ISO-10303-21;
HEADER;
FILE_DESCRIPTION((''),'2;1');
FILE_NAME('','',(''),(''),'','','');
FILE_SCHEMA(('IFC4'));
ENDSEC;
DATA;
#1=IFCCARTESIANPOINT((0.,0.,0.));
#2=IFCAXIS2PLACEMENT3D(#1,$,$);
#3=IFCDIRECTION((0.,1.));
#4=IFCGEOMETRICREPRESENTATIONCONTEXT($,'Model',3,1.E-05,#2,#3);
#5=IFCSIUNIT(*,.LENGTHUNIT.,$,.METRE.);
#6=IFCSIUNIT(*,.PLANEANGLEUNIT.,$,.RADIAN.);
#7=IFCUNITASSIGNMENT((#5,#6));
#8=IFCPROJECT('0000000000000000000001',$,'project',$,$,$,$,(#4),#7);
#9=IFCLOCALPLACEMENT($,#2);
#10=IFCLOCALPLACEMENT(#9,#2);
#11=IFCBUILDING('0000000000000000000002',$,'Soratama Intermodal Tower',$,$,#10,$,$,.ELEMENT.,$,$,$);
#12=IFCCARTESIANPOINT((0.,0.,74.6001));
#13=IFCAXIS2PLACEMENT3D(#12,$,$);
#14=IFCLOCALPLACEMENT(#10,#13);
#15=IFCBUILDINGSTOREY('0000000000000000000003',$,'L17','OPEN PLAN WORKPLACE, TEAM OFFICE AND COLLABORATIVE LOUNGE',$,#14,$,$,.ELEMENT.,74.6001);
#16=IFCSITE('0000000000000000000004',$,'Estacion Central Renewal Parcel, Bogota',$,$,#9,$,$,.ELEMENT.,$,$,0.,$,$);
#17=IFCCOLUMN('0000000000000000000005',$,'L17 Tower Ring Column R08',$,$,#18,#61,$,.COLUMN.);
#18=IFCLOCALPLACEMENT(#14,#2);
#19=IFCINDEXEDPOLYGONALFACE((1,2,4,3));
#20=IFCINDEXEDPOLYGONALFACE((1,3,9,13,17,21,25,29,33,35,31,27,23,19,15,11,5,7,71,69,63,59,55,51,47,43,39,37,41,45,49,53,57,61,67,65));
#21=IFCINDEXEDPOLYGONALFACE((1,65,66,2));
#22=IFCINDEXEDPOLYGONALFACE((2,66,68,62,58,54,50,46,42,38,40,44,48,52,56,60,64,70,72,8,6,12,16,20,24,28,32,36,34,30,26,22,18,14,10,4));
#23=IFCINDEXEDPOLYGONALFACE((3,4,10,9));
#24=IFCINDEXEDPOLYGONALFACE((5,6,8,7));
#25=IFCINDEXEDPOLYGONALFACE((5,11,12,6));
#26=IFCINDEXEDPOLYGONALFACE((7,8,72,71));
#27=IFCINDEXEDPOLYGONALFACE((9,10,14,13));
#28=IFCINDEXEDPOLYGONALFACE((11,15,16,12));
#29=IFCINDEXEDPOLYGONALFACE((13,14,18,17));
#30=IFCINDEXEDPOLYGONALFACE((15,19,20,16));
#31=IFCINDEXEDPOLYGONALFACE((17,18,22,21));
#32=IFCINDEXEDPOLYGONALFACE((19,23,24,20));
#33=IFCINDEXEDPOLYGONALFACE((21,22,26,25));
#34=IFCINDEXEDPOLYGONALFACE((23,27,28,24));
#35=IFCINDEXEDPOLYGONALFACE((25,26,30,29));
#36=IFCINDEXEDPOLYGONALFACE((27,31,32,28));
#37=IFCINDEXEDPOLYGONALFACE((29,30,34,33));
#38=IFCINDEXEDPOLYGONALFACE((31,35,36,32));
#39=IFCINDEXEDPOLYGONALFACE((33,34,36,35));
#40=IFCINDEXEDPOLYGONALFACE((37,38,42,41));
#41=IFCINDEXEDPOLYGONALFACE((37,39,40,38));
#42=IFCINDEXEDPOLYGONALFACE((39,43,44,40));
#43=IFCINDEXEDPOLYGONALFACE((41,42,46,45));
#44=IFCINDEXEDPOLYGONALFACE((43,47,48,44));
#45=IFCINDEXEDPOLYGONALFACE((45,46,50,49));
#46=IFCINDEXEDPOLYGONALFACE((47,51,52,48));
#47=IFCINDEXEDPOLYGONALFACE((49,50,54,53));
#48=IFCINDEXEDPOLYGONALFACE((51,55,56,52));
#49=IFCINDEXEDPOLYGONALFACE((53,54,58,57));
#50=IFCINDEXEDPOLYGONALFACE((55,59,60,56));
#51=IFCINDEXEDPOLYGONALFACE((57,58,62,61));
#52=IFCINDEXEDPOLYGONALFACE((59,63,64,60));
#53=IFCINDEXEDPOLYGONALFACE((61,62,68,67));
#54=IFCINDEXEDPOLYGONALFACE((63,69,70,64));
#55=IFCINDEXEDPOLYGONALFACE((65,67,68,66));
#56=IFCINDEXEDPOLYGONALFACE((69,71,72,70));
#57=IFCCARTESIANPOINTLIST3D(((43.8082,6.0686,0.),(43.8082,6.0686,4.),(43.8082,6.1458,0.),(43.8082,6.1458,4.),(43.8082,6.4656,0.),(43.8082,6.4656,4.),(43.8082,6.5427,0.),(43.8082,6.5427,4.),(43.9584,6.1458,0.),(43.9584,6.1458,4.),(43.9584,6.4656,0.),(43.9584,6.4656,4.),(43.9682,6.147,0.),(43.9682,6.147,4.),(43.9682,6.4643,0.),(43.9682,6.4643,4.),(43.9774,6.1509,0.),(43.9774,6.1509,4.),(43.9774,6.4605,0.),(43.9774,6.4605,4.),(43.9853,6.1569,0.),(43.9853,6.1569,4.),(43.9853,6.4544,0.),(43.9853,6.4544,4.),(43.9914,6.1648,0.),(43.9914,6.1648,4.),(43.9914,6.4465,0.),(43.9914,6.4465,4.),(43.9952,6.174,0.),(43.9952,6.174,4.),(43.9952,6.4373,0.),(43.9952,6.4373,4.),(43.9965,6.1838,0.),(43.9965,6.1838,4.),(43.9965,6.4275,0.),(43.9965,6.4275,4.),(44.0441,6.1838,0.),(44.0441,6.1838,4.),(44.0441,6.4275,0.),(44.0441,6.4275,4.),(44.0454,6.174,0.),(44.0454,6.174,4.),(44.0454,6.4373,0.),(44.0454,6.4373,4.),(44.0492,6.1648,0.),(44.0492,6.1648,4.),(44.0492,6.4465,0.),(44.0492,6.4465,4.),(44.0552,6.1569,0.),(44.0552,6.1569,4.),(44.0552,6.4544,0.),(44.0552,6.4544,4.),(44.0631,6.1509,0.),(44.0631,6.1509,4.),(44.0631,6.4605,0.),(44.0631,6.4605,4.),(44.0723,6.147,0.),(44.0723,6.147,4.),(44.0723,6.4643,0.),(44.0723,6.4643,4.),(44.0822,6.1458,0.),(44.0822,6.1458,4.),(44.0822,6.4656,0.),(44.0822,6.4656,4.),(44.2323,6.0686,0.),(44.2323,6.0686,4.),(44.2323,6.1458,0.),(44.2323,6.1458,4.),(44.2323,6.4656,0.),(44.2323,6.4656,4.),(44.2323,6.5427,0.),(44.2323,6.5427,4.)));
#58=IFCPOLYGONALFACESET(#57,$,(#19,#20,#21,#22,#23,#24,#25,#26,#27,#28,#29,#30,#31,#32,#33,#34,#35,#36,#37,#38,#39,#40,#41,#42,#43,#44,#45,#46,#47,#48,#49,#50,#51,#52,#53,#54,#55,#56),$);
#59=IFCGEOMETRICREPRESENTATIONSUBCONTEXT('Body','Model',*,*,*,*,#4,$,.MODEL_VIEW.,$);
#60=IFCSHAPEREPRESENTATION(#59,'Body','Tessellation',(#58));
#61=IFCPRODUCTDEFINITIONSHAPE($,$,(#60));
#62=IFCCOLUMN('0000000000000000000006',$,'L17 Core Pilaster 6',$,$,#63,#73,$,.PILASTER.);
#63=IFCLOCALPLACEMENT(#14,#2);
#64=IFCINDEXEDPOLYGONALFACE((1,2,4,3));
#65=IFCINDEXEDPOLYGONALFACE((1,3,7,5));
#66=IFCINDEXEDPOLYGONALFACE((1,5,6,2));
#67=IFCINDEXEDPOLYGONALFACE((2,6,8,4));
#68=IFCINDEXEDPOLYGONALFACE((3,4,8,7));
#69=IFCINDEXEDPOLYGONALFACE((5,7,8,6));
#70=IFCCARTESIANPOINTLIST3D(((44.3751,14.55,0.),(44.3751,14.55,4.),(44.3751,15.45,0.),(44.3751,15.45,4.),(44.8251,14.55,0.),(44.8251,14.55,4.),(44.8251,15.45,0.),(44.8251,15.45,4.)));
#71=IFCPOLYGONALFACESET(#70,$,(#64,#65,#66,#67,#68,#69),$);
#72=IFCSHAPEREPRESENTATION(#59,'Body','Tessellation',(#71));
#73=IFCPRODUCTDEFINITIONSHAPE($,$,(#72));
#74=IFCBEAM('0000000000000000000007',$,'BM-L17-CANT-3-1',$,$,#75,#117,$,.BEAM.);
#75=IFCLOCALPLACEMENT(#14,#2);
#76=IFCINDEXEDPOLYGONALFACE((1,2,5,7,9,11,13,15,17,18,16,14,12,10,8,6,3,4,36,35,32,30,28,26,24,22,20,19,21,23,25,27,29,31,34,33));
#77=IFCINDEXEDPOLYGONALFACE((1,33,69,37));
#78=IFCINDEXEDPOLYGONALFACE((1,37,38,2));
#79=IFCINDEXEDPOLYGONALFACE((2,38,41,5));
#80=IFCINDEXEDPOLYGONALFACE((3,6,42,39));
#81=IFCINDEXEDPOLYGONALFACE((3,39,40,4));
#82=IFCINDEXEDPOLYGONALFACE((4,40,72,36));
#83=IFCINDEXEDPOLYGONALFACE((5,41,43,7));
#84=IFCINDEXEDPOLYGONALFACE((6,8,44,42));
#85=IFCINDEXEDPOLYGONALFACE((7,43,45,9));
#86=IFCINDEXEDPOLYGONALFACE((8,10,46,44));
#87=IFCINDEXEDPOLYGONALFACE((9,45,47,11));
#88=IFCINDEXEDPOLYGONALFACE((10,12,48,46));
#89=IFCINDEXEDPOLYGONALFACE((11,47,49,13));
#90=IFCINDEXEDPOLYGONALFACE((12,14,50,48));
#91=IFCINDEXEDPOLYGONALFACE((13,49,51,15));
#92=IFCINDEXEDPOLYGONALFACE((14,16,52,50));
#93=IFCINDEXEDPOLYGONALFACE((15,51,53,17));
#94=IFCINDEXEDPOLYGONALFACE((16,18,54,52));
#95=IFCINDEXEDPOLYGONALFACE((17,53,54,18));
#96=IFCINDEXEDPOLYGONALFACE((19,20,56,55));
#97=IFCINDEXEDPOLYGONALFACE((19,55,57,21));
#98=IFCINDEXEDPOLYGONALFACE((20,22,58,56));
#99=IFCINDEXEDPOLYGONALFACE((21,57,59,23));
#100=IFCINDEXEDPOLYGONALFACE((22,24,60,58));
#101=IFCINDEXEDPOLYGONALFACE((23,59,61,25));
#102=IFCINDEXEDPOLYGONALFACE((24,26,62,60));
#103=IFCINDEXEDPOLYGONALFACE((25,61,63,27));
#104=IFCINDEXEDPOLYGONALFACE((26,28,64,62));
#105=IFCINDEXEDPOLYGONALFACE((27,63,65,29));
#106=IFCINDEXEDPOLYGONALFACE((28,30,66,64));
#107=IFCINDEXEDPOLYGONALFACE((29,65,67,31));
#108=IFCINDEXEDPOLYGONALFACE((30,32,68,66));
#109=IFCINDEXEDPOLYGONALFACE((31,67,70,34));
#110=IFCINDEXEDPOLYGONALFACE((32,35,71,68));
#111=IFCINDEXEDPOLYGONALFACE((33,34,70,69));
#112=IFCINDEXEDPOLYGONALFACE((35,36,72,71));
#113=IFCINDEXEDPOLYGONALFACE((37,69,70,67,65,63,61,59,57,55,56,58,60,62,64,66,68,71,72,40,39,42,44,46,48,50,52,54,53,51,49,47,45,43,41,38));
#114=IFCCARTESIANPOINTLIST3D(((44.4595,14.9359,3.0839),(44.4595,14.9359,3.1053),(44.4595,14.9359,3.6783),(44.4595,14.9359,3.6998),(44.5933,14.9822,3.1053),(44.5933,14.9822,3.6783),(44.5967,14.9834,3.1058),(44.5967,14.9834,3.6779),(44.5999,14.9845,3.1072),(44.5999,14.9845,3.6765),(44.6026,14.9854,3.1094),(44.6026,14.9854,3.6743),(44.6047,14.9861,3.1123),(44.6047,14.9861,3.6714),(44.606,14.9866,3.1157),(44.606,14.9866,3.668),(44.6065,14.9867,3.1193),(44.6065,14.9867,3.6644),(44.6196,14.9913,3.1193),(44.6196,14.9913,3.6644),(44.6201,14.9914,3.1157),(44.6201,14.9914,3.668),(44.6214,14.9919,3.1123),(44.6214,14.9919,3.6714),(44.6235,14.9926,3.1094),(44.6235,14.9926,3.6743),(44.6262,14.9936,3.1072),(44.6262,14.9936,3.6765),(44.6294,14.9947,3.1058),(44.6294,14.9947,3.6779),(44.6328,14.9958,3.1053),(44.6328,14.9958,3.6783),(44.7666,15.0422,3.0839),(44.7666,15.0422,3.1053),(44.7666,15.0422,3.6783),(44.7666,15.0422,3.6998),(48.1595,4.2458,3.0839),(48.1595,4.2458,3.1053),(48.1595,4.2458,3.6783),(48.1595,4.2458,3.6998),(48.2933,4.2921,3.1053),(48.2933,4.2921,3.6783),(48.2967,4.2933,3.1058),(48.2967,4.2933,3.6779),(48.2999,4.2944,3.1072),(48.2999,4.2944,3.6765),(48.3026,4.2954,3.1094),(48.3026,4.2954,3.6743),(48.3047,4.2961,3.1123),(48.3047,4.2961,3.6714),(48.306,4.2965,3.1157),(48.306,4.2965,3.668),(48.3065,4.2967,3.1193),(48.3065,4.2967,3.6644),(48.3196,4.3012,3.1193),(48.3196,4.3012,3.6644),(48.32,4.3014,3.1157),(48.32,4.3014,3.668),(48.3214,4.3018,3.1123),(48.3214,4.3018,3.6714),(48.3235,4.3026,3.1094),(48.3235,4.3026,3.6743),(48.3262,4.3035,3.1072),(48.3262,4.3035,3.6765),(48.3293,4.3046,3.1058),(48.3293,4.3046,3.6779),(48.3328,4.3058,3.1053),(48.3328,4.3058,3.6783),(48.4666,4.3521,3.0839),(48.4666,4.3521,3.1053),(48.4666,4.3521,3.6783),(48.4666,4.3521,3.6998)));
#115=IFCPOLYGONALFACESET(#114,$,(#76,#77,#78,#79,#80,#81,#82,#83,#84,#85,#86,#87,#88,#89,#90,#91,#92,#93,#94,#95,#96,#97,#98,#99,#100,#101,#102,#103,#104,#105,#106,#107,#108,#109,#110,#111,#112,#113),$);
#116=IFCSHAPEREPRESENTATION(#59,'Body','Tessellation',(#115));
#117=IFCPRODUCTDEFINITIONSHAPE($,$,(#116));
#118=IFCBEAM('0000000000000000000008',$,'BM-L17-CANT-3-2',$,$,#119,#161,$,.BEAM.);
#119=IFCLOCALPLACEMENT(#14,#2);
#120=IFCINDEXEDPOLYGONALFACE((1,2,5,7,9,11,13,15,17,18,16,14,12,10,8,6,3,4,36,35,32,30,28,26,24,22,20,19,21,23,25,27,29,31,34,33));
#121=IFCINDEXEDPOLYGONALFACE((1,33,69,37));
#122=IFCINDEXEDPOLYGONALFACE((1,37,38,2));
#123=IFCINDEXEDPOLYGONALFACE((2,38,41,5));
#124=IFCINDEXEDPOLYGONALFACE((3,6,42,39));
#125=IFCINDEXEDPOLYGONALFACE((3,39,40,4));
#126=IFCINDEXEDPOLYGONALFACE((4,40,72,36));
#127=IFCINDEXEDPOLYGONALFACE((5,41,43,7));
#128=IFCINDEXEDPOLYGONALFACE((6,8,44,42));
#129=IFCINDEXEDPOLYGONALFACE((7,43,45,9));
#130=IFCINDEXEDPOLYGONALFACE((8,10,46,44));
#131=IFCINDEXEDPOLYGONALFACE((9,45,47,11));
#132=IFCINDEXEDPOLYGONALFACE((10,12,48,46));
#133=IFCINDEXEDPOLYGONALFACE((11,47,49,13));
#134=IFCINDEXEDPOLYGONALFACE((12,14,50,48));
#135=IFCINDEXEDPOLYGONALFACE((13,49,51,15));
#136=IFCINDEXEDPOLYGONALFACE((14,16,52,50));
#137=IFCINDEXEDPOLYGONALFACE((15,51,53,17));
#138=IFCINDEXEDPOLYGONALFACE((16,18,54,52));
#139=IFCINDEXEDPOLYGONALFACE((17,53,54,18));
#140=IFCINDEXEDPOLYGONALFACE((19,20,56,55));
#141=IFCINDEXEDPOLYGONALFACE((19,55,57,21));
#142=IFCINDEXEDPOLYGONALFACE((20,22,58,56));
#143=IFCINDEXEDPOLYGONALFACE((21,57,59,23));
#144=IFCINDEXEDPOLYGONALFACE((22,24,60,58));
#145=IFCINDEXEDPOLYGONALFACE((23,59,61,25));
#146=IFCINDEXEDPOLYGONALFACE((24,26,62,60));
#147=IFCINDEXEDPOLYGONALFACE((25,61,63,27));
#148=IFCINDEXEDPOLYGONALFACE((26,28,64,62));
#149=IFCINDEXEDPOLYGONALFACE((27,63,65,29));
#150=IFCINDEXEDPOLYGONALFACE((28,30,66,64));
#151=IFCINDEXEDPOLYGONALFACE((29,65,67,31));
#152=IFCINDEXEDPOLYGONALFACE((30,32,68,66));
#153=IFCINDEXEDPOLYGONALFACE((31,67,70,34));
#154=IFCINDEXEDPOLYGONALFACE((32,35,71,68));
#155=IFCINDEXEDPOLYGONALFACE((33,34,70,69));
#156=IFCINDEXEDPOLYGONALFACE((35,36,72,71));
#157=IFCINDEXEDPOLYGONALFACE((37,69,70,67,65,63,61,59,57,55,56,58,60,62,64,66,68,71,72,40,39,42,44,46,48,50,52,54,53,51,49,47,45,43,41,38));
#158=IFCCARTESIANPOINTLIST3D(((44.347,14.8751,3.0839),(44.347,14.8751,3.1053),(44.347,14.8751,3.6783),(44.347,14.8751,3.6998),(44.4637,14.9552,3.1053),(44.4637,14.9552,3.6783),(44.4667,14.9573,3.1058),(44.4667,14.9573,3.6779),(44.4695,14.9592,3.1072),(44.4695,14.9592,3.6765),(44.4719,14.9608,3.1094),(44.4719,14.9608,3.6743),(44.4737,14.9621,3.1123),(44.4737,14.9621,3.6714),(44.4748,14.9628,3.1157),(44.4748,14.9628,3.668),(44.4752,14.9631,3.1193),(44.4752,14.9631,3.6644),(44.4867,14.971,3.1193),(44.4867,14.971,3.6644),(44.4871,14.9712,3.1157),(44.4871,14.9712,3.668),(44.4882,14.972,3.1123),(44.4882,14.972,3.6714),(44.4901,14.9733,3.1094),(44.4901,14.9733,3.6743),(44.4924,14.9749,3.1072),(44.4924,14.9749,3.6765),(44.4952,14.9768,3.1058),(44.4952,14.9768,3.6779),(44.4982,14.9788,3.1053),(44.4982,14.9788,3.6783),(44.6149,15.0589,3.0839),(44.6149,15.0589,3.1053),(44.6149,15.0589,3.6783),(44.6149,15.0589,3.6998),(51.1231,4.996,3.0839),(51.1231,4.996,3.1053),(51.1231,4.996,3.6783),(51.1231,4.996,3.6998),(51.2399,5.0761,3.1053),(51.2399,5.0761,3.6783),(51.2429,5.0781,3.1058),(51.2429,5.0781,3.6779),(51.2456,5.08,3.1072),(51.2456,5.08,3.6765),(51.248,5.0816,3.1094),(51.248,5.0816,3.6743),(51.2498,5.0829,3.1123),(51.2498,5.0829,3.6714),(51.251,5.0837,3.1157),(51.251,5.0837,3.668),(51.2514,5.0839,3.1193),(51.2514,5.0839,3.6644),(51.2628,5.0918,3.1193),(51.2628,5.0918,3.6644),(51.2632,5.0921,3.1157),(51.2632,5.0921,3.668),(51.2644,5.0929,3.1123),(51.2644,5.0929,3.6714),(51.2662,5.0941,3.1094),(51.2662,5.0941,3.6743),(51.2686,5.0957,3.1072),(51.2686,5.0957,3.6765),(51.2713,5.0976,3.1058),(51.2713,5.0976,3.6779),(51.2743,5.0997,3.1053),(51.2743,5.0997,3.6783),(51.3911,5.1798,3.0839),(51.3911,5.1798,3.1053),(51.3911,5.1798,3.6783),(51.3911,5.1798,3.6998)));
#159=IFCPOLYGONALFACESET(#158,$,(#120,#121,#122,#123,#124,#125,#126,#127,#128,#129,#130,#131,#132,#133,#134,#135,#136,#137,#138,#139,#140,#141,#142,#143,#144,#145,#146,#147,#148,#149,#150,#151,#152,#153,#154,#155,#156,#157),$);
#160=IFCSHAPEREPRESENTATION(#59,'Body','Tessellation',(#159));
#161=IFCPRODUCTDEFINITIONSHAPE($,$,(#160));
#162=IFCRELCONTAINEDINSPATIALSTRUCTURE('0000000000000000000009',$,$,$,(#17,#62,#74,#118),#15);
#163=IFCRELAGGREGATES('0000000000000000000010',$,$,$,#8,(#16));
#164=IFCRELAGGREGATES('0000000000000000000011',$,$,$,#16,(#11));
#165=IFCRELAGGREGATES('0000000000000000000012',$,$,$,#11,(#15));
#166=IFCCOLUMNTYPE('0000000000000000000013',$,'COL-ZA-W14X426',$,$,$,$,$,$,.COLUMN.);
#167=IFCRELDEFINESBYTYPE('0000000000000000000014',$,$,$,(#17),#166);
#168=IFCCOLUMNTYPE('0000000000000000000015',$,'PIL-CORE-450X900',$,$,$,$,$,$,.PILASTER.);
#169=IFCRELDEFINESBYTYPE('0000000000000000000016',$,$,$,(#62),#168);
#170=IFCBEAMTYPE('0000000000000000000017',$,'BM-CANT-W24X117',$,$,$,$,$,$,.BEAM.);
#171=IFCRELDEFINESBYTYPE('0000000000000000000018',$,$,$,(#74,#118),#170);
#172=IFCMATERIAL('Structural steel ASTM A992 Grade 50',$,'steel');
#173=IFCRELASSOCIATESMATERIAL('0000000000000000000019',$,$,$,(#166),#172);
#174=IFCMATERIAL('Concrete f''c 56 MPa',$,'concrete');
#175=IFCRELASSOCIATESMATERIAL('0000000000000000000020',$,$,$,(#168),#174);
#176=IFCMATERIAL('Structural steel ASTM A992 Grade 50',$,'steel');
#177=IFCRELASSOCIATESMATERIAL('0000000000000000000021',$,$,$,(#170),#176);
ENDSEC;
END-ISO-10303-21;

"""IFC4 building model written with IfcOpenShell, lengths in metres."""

from ifc_helpers import new_model, si_unit, direction, frame, origin, origin_2d, place, context, subcontext, project, spatial, rectangle, i_section, extrude, material, material_profile, profile_set, type_object, element, save


model = new_model("IFC4")

# Units and contexts
model_context = context("Model", 3, precision=1e-05, world=origin(), true_north=direction((0.0, 1.0)))
body_context = subcontext(model_context, "Body", "Model", "MODEL_VIEW")
ifc_project = project(units=[si_unit("LENGTHUNIT", "METRE"), si_unit("PLANEANGLEUNIT", "RADIAN")], contexts=[model_context])

# Site, building, storey
site_placement = place(None, origin())
site = spatial("IfcSite", under=ifc_project, at=site_placement, Name="Estacion Central Renewal Parcel, Bogota", CompositionType="ELEMENT", RefElevation=0.0)
building_placement = place(site_placement, origin())
building = spatial("IfcBuilding", under=site, at=building_placement, Name="Soratama Intermodal Tower", CompositionType="ELEMENT")
storey_placement = place(building_placement, frame((0.0, 0.0, 74.6001)))
storey = spatial("IfcBuildingStorey", under=building, at=storey_placement, Name="L17", Description="OPEN PLAN WORKPLACE, TEAM OFFICE AND COLLABORATIVE LOUNGE", CompositionType="ELEMENT", Elevation=74.6001)

# Columns
ifc_material_1 = material(Name="Structural steel ASTM A992 Grade 50", Category="steel")
ifc_material_profile_1 = material_profile(ifc_material_1, i_section(OverallWidth=0.4241, OverallDepth=0.4741, WebThickness=0.0476, FlangeThickness=0.0771, FilletRadius=0.0381, at=origin_2d()), Name="W14X426")
ifc_profile_set_1 = profile_set([ifc_material_profile_1], Name="Structural steel ASTM A992 Grade 50")
column_type_1 = type_object("IfcColumnType", Name="COL-ZA-W14X426", PredefinedType="COLUMN", material=ifc_profile_set_1)
column_1_placement = place(storey_placement, frame((44.0203, 6.3057, 0.0), z_axis=(0.0, 0.0, 1.0), x_axis=(1.0, 0.0, 0.0)))
element("IfcColumn", 1, at=column_1_placement, inside=storey, type_object=column_type_1, Name="L17 Tower Ring Column R08", PredefinedType="COLUMN", context=body_context, shape_type="SweptSolid", body=[
    extrude(i_section(OverallWidth=0.4241, OverallDepth=0.4741, WebThickness=0.0476, FlangeThickness=0.0771, FilletRadius=0.0381, at=origin_2d()), origin(), (0.0, 0.0, 1.0), 4.0),
])
ifc_material_2 = material(Name="Concrete f'c 56 MPa", Category="concrete")
ifc_material_profile_2 = material_profile(ifc_material_2, rectangle(XDim=0.45, YDim=0.8999, at=origin_2d()), Name="RC450X900")
ifc_profile_set_2 = profile_set([ifc_material_profile_2], Name="Concrete f'c 56 MPa")
column_type_2 = type_object("IfcColumnType", Name="PIL-CORE-450X900", PredefinedType="PILASTER", material=ifc_profile_set_2)
column_2_placement = place(storey_placement, frame((44.6001, 15.0, 0.0), z_axis=(0.0, 0.0, 1.0), x_axis=(1.0, 0.0, 0.0)))
element("IfcColumn", 2, at=column_2_placement, inside=storey, type_object=column_type_2, Name="L17 Core Pilaster 6", PredefinedType="PILASTER", context=body_context, shape_type="SweptSolid", body=[
    extrude(rectangle(XDim=0.45, YDim=0.8999, at=origin_2d()), origin(), (0.0, 0.0, 1.0), 4.0),
])

# Beams
ifc_material_3 = material(Name="Structural steel ASTM A992 Grade 50", Category="steel")
ifc_material_profile_3 = material_profile(ifc_material_3, i_section(OverallWidth=0.325, OverallDepth=0.616, WebThickness=0.0139, FlangeThickness=0.0215, FilletRadius=0.0139, at=origin_2d()), Name="W24X117")
ifc_profile_set_3 = profile_set([ifc_material_profile_3], Name="Structural steel ASTM A992 Grade 50")
beam_type_1 = type_object("IfcBeamType", Name="BM-CANT-W24X117", PredefinedType="BEAM", material=ifc_profile_set_3)
beam_1_placement = place(storey_placement, frame((44.613, 14.989, 3.3918), z_axis=(0.327078, -0.944997, 0.0), x_axis=(0.944997, 0.327078, 0.0)))
element("IfcBeam", 3, at=beam_1_placement, inside=storey, type_object=beam_type_1, Name="BM-L17-CANT-3-1", PredefinedType="BEAM", context=body_context, shape_type="SweptSolid", body=[
    extrude(i_section(OverallWidth=0.325, OverallDepth=0.616, WebThickness=0.0139, FlangeThickness=0.0215, FilletRadius=0.0139, at=origin_2d()), origin(), (0.0, 0.0, 1.0), 11.3123),
])
beam_2_placement = place(storey_placement, frame((44.481, 14.967, 3.3918), z_axis=(0.565633, -0.824657, 0.0), x_axis=(0.824657, 0.565633, 0.0)))
element("IfcBeam", 4, at=beam_2_placement, inside=storey, type_object=beam_type_1, Name="BM-L17-CANT-3-2", PredefinedType="BEAM", context=body_context, shape_type="SweptSolid", body=[
    extrude(i_section(OverallWidth=0.325, OverallDepth=0.616, WebThickness=0.0139, FlangeThickness=0.0215, FilletRadius=0.0139, at=origin_2d()), origin(), (0.0, 0.0, 1.0), 11.9797),
])

save(model, "model.ifc")
